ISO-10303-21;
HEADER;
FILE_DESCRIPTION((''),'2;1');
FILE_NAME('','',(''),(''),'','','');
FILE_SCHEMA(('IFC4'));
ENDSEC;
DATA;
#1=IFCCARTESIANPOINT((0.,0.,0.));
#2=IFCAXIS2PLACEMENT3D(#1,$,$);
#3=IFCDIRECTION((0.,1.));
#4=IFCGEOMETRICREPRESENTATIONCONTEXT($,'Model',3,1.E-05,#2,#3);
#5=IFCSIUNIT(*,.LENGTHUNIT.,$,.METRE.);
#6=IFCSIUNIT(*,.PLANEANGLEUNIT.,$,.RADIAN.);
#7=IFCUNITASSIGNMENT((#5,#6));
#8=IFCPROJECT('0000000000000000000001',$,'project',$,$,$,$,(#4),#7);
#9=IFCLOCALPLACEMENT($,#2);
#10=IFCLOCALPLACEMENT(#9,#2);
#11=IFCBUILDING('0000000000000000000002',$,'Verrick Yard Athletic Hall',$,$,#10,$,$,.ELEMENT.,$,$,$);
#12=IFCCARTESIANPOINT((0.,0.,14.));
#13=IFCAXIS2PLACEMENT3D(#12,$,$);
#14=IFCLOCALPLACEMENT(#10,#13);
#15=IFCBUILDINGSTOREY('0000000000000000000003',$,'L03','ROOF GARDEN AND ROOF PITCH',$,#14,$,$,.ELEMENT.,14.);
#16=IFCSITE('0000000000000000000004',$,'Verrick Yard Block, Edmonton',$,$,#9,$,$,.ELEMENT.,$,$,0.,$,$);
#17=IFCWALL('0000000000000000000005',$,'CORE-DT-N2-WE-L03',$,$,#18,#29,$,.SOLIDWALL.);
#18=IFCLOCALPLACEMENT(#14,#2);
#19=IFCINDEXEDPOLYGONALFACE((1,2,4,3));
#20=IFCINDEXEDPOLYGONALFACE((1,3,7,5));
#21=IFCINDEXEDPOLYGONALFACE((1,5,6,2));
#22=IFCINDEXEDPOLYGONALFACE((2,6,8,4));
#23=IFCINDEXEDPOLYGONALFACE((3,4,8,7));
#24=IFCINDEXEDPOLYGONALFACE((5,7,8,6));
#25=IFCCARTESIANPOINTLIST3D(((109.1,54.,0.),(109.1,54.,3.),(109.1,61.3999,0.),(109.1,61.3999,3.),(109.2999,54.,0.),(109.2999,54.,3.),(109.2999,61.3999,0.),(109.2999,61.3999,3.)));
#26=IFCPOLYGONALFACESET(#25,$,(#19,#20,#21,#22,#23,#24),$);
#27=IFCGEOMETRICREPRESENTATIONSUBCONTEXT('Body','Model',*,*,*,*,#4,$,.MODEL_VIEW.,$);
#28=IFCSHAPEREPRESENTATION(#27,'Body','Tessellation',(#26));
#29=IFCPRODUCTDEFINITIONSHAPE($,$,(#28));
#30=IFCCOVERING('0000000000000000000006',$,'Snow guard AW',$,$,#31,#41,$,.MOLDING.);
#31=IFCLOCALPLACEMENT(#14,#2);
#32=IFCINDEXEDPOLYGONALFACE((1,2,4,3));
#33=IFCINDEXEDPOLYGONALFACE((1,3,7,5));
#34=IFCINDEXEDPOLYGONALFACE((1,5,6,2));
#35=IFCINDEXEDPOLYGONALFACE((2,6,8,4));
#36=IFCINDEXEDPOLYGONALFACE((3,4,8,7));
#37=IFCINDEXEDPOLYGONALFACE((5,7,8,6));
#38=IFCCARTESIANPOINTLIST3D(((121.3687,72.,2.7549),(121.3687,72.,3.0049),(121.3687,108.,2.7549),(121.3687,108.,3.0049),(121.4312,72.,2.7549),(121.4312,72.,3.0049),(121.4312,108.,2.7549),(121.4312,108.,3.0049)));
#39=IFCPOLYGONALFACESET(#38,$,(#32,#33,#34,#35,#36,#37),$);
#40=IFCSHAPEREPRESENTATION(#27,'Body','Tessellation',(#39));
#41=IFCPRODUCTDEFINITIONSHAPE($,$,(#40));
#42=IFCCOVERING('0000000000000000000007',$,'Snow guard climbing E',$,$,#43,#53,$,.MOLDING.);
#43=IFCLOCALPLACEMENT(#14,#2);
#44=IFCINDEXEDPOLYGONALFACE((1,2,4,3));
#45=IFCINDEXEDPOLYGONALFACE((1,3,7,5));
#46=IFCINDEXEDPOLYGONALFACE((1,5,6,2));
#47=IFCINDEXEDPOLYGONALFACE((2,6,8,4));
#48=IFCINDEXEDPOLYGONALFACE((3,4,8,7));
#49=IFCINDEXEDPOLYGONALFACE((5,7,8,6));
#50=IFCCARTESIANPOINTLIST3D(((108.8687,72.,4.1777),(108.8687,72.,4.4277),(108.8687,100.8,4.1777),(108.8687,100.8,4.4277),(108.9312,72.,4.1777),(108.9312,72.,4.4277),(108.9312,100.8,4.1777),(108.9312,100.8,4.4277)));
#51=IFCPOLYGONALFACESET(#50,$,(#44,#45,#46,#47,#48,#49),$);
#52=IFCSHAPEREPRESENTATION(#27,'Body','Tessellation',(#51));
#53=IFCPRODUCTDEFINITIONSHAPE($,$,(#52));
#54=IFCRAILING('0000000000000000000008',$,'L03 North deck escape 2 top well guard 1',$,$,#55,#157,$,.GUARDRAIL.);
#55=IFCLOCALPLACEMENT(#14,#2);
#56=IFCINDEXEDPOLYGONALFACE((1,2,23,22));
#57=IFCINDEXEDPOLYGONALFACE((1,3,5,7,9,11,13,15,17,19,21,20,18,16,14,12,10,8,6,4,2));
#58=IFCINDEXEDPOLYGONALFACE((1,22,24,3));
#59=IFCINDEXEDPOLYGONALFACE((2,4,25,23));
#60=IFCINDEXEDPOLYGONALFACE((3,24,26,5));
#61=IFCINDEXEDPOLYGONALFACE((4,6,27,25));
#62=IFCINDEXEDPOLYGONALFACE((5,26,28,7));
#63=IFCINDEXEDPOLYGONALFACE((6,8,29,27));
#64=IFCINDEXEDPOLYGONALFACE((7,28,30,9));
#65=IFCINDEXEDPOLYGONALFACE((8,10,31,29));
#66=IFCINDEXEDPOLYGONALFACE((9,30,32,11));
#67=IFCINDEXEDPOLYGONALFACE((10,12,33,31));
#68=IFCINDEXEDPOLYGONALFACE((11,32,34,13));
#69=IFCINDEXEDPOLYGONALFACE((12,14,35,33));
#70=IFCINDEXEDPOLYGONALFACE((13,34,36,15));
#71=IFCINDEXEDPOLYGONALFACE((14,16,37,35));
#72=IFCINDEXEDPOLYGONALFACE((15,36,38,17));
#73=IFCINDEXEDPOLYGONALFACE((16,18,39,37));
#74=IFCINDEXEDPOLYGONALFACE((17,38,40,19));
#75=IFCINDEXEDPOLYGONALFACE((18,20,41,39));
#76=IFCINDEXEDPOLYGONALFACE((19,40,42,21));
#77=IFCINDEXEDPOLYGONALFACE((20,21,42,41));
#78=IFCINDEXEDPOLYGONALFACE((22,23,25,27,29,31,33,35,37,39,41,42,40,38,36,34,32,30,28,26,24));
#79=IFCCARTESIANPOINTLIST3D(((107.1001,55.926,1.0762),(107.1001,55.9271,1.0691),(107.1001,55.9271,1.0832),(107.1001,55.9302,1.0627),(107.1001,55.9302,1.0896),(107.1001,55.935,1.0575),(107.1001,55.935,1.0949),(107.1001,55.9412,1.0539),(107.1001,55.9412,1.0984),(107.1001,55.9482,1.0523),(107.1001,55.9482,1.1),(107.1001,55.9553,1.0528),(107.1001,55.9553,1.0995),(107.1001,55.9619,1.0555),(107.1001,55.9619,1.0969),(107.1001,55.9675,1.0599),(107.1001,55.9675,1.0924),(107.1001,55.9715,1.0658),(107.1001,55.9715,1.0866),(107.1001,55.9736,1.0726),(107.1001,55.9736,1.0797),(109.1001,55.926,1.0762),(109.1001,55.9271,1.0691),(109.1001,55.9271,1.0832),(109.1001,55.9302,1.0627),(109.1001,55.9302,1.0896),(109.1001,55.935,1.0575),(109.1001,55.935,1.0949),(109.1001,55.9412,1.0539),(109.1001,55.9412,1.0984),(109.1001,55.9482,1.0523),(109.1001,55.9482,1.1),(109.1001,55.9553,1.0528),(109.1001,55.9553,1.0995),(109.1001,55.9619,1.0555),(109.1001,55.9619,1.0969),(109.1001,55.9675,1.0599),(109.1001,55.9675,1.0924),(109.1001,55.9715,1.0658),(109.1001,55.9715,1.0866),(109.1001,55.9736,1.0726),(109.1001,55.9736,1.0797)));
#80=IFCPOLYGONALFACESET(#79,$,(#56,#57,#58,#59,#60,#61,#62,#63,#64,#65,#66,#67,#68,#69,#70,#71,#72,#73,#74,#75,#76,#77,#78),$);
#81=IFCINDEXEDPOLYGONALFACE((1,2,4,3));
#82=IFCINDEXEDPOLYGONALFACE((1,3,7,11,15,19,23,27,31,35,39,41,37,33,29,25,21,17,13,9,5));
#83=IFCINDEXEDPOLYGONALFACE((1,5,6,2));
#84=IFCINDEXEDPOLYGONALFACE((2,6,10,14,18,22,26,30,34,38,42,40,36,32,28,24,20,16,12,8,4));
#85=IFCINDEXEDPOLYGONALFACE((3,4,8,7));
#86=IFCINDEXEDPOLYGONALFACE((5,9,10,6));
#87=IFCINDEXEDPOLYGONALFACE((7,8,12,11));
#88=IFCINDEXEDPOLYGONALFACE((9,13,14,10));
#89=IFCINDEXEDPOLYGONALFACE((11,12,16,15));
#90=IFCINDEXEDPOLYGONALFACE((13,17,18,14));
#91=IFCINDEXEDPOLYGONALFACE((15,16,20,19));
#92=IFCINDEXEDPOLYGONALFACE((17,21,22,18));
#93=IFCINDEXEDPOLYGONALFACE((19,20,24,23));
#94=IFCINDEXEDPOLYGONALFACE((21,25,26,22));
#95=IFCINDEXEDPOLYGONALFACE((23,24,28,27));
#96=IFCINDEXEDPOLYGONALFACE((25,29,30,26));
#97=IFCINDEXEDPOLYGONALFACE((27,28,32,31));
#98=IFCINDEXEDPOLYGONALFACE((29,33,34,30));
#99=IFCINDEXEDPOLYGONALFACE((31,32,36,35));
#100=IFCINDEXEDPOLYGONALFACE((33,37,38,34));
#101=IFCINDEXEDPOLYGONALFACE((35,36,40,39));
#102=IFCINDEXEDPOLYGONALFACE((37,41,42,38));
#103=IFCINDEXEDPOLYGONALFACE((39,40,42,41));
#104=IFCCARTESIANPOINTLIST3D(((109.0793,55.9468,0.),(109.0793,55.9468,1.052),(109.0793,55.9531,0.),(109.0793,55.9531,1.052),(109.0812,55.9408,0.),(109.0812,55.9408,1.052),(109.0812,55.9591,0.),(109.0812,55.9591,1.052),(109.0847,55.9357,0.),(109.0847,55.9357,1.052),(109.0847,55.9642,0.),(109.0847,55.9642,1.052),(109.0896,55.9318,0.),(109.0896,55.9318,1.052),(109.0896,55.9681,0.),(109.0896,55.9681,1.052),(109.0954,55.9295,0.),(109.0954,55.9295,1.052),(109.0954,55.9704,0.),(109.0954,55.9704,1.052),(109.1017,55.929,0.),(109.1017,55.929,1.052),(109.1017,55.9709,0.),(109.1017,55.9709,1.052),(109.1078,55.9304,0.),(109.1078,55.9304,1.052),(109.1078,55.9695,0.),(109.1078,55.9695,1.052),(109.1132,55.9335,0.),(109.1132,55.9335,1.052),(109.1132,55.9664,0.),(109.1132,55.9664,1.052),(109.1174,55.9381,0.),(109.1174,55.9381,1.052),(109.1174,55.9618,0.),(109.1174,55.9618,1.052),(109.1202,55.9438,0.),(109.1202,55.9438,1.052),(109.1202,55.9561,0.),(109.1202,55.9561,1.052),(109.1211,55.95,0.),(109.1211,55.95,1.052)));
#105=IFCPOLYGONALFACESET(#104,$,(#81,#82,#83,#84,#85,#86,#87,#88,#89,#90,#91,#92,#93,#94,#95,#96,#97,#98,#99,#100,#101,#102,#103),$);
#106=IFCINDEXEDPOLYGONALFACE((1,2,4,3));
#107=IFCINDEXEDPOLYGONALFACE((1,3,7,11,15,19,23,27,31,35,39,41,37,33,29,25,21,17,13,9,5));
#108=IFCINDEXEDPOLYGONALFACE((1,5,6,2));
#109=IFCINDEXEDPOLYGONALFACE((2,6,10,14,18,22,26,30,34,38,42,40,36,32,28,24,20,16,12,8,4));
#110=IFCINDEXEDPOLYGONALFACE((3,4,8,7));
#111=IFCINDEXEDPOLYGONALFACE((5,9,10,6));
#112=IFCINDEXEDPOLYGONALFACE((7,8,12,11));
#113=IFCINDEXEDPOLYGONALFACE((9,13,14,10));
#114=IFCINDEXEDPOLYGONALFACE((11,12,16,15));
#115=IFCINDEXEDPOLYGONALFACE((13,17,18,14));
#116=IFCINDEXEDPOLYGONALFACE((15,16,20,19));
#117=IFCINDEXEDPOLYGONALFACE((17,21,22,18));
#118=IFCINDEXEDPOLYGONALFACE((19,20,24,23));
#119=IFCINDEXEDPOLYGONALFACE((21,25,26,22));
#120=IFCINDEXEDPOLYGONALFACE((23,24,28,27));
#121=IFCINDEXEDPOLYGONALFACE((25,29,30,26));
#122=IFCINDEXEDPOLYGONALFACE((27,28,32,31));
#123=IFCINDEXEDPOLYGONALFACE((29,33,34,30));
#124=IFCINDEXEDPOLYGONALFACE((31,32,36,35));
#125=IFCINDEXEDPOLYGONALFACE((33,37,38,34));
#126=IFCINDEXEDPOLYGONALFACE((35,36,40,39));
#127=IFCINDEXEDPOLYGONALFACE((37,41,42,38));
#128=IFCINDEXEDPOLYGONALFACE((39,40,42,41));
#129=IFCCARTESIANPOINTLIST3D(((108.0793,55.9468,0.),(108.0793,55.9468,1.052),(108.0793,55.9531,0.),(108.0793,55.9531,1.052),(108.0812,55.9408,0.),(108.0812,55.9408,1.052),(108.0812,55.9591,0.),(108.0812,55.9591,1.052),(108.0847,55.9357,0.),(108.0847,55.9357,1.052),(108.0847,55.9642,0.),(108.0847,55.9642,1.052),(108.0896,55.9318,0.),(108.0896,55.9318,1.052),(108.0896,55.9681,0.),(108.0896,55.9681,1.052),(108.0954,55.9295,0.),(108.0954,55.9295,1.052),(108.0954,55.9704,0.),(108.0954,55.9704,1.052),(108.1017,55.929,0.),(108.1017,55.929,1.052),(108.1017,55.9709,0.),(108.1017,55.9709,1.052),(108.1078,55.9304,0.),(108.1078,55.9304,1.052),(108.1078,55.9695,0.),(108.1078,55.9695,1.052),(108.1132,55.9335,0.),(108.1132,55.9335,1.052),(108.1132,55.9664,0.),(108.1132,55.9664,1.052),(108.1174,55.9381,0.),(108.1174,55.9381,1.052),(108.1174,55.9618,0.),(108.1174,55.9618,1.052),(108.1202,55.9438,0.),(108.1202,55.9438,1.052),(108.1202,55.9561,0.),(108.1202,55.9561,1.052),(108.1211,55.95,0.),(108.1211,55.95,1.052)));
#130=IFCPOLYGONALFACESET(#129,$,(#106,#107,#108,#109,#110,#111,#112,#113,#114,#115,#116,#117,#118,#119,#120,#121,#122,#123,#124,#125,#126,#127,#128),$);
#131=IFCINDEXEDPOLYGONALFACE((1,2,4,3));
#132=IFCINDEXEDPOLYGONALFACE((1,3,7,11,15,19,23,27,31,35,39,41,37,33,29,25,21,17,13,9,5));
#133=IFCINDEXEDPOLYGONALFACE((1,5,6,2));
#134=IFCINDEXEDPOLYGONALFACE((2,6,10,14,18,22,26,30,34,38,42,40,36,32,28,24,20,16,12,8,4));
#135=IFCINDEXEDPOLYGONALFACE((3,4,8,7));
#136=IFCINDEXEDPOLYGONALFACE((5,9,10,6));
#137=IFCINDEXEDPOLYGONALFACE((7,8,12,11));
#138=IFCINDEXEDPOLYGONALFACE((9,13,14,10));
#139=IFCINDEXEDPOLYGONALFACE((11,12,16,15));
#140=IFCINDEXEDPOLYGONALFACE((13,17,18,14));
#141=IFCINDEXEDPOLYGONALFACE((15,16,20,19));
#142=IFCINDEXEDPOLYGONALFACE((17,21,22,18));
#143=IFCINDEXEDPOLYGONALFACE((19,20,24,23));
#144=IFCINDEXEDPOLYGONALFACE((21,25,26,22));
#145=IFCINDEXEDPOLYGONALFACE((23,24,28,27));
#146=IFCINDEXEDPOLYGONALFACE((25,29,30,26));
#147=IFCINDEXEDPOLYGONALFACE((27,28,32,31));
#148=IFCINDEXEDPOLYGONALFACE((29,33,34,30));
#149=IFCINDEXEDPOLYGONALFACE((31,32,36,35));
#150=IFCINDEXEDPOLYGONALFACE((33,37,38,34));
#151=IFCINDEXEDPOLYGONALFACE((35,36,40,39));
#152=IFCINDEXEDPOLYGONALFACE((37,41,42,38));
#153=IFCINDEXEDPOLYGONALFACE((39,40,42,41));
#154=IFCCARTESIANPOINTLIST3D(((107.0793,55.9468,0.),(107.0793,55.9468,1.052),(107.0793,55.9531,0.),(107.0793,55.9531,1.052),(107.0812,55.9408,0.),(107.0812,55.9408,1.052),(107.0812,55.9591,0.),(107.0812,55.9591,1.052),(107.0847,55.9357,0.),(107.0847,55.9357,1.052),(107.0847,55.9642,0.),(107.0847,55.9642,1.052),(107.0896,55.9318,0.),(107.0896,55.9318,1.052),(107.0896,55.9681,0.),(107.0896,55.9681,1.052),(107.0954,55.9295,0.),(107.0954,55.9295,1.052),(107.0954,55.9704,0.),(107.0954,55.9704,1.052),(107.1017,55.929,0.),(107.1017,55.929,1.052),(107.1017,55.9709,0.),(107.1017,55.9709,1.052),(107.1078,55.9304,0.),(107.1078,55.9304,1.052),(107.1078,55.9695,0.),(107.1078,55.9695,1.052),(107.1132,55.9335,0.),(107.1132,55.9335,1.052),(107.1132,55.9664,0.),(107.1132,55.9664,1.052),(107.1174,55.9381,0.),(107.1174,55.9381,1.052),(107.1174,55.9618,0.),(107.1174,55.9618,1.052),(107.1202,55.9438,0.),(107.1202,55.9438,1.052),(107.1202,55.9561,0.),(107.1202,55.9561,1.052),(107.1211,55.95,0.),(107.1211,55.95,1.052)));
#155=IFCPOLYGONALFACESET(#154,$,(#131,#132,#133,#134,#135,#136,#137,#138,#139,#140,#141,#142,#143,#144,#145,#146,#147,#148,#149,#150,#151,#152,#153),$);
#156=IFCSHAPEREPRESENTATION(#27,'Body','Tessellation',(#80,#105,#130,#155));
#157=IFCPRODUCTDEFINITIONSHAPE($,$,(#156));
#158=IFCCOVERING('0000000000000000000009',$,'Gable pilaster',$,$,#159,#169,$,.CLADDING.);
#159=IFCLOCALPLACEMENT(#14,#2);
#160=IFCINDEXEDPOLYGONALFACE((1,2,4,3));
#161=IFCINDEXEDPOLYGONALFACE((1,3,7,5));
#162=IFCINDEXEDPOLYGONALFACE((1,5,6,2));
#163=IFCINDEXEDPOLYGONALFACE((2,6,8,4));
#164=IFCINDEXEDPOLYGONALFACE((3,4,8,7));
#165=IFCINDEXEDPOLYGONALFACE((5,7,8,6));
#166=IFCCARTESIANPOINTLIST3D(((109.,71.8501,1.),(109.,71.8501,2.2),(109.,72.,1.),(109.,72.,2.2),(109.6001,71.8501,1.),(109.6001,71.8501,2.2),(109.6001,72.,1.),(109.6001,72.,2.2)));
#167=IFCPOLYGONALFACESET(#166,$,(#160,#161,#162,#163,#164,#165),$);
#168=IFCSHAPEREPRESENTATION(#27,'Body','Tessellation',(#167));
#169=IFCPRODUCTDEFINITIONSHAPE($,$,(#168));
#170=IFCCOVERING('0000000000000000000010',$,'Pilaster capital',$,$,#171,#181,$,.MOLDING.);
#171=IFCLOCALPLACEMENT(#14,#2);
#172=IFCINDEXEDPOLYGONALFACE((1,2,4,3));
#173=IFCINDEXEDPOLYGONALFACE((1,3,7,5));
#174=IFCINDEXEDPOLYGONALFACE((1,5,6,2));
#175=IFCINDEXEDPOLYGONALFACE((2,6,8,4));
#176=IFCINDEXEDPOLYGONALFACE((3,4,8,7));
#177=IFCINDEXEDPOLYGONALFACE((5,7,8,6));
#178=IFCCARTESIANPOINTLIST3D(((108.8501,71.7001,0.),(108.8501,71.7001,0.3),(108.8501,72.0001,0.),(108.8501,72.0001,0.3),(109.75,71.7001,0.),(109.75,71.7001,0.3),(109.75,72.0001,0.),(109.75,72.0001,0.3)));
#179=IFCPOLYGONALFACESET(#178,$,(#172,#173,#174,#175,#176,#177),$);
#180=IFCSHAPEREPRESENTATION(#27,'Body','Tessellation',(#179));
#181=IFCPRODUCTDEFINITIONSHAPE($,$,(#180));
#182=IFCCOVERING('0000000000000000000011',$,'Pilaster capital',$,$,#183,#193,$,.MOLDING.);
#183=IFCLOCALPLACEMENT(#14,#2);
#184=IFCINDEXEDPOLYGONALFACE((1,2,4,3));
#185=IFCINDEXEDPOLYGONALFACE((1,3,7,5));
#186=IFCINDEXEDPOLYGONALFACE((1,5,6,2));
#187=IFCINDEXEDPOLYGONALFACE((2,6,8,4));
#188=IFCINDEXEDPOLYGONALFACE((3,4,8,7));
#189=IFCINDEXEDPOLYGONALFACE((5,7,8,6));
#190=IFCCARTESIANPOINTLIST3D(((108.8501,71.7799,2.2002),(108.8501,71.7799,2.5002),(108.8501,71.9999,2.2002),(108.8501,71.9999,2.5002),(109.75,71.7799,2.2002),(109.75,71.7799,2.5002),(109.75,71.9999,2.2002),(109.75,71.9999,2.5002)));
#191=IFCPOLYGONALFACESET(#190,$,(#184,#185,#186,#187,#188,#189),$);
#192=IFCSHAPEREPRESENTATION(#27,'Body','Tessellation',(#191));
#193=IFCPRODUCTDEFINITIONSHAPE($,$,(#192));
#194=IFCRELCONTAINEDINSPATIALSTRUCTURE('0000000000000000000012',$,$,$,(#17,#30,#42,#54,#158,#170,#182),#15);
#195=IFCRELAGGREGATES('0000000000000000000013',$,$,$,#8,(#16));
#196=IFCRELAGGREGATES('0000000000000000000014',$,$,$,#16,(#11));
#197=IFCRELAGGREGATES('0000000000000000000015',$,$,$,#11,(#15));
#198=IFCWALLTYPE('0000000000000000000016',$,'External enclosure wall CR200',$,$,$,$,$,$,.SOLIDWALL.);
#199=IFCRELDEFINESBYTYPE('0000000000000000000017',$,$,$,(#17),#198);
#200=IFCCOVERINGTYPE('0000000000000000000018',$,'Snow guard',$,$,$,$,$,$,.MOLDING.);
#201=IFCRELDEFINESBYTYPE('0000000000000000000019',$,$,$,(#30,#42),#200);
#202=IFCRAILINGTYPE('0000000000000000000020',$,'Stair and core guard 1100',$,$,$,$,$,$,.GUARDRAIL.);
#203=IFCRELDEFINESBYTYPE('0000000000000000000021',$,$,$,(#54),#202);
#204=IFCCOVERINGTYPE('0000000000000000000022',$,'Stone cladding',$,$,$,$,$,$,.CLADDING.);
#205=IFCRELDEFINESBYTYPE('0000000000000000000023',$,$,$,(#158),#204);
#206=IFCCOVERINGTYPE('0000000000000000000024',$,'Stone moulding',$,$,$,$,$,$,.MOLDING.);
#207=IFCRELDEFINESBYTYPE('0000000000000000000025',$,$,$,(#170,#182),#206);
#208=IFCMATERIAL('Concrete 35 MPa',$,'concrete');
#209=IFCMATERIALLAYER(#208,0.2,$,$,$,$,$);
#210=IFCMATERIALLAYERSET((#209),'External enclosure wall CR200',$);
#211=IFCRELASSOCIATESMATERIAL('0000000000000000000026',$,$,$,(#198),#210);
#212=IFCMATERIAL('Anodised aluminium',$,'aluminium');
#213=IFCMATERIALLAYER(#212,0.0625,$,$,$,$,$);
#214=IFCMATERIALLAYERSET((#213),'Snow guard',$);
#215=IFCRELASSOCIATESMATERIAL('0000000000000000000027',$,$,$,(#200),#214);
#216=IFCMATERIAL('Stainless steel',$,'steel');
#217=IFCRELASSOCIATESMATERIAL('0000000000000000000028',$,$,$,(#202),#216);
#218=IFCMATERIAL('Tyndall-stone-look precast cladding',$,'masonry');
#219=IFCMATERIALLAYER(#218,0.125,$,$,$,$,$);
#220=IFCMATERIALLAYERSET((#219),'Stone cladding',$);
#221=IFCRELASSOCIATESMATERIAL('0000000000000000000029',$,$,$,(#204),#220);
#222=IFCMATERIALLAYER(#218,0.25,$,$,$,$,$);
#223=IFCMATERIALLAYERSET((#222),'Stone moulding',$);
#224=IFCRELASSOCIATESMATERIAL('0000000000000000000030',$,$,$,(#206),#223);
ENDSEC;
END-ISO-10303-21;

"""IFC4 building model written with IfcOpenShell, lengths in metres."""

from ifc_helpers import new_model, si_unit, direction, frame, frame_2d, origin, origin_2d, place, context, subcontext, project, spatial, polyline, rectangle, circle, outline, extrude, material, layer, layer_set, type_object, element, save


model = new_model("IFC4")

# Units and contexts
model_context = context("Model", 3, precision=1e-05, world=origin(), true_north=direction((0.0, 1.0)))
body_context = subcontext(model_context, "Body", "Model", "MODEL_VIEW")
ifc_project = project(units=[si_unit("LENGTHUNIT", "METRE"), si_unit("PLANEANGLEUNIT", "RADIAN")], contexts=[model_context])

# Site, building, storey
site_placement = place(None, origin())
site = spatial("IfcSite", under=ifc_project, at=site_placement, Name="Verrick Yard Block, Edmonton", CompositionType="ELEMENT", RefElevation=0.0)
building_placement = place(site_placement, origin())
building = spatial("IfcBuilding", under=site, at=building_placement, Name="Verrick Yard Athletic Hall", CompositionType="ELEMENT")
storey_placement = place(building_placement, frame((0.0, 0.0, 14.0)))
storey = spatial("IfcBuildingStorey", under=building, at=storey_placement, Name="L03", Description="ROOF GARDEN AND ROOF PITCH", CompositionType="ELEMENT", Elevation=14.0)

# Wall
ifc_material_1 = material(Name="Concrete 35 MPa", Category="concrete")
ifc_layer_1 = layer(ifc_material_1, 0.2)
ifc_layer_set_1 = layer_set([ifc_layer_1], Name="External enclosure wall CR200")
wall_type = type_object("IfcWallType", Name="External enclosure wall CR200", PredefinedType="SOLIDWALL", material=ifc_layer_set_1)
wall_placement = place(storey_placement, frame((109.2, 61.3999, 0.0), z_axis=(0.0, 0.0, 1.0), x_axis=(0.0, -1.0, 0.0)))
element("IfcWall", 1, at=wall_placement, inside=storey, type_object=wall_type, Name="CORE-DT-N2-WE-L03", PredefinedType="SOLIDWALL", context=body_context, shape_type="SweptSolid", body=[
    extrude(rectangle(XDim=7.3999, YDim=0.2, at=frame_2d((3.7, 0.0))), origin(), (0.0, 0.0, 1.0), 3.0),
])

# Coverings
ifc_material_2 = material(Name="Anodised aluminium", Category="aluminium")
ifc_layer_2 = layer(ifc_material_2, 0.0625)
ifc_layer_set_2 = layer_set([ifc_layer_2], Name="Snow guard")
covering_type_1 = type_object("IfcCoveringType", Name="Snow guard", PredefinedType="MOLDING", material=ifc_layer_set_2)
covering_1_placement = place(storey_placement, frame((121.3999, 72.0, 2.7549), z_axis=(0.0, 0.0, 1.0), x_axis=(0.0, 1.0, 0.0)))
element("IfcCovering", 2, at=covering_1_placement, inside=storey, type_object=covering_type_1, Name="Snow guard AW", PredefinedType="MOLDING", context=body_context, shape_type="SweptSolid", body=[
    extrude(outline(polyline([(0.0, 0.0), (36.0, 0.0), (36.0, 0.25), (0.0, 0.25), (0.0, 0.0)])), frame((0.0, 0.0312, 0.0), z_axis=(0.0, -1.0, 0.0), x_axis=(1.0, 0.0, 0.0)), (0.0, 0.0, 1.0), 0.0625),
])
covering_2_placement = place(storey_placement, frame((108.8999, 72.0, 4.1777), z_axis=(0.0, 0.0, 1.0), x_axis=(0.0, 1.0, 0.0)))
element("IfcCovering", 3, at=covering_2_placement, inside=storey, type_object=covering_type_1, Name="Snow guard climbing E", PredefinedType="MOLDING", context=body_context, shape_type="SweptSolid", body=[
    extrude(outline(polyline([(0.0, 0.0), (28.8, 0.0), (28.8, 0.25), (0.0, 0.25), (0.0, 0.0)])), frame((0.0, 0.0312, 0.0), z_axis=(0.0, -1.0, 0.0), x_axis=(1.0, 0.0, 0.0)), (0.0, 0.0, 1.0), 0.0625),
])

# Railing
ifc_material_3 = material(Name="Stainless steel", Category="steel")
railing_type = type_object("IfcRailingType", Name="Stair and core guard 1100", PredefinedType="GUARDRAIL", material=ifc_material_3)
railing_placement = place(storey_placement, frame((109.1001, 55.95, 0.0)))
element("IfcRailing", 4, at=railing_placement, inside=storey, type_object=railing_type, Name="L03 North deck escape 2 top well guard 1", PredefinedType="GUARDRAIL", context=body_context, shape_type="SweptSolid", body=[
    extrude(circle(Radius=0.0239, at=origin_2d()), frame((0.0, 0.0, 1.0762), z_axis=(-1.0, 0.0, 0.0), x_axis=(0.0, -1.0, 0.0)), (0.0, 0.0, 1.0), 2.0),
    extrude(circle(Radius=0.021, at=origin_2d()), origin(), (0.0, 0.0, 1.0), 1.052),
    extrude(circle(Radius=0.021, at=origin_2d()), frame((-1.0, 0.0, 0.0)), (0.0, 0.0, 1.0), 1.052),
    extrude(circle(Radius=0.021, at=origin_2d()), frame((-2.0, 0.0, 0.0)), (0.0, 0.0, 1.0), 1.052),
])

# Coverings
ifc_material_4 = material(Name="Tyndall-stone-look precast cladding", Category="masonry")
ifc_layer_3 = layer(ifc_material_4, 0.125)
ifc_layer_set_3 = layer_set([ifc_layer_3], Name="Stone cladding")
covering_type_2 = type_object("IfcCoveringType", Name="Stone cladding", PredefinedType="CLADDING", material=ifc_layer_set_3)
covering_3_placement = place(storey_placement, frame((109.3, 71.925, 1.0), z_axis=(0.0, 0.0, 1.0), x_axis=(1.0, 0.0, 0.0)))
element("IfcCovering", 5, at=covering_3_placement, inside=storey, type_object=covering_type_2, Name="Gable pilaster", PredefinedType="CLADDING", context=body_context, shape_type="SweptSolid", body=[
    extrude(rectangle(XDim=0.6001, YDim=0.1499, at=origin_2d()), origin(), (0.0, 0.0, 1.0), 1.2),
])
ifc_layer_4 = layer(ifc_material_4, 0.25)
ifc_layer_set_4 = layer_set([ifc_layer_4], Name="Stone moulding")
covering_type_3 = type_object("IfcCoveringType", Name="Stone moulding", PredefinedType="MOLDING", material=ifc_layer_set_4)
covering_4_placement = place(storey_placement, frame((109.3, 71.8501, 0.0), z_axis=(0.0, 0.0, 1.0), x_axis=(1.0, 0.0, 0.0)))
element("IfcCovering", 6, at=covering_4_placement, inside=storey, type_object=covering_type_3, Name="Pilaster capital", PredefinedType="MOLDING", context=body_context, shape_type="SweptSolid", body=[
    extrude(rectangle(XDim=0.8999, YDim=0.3, at=origin_2d()), origin(), (0.0, 0.0, 1.0), 0.3),
])
covering_5_placement = place(storey_placement, frame((109.3, 71.8899, 2.2002), z_axis=(0.0, 0.0, 1.0), x_axis=(1.0, 0.0, 0.0)))
element("IfcCovering", 7, at=covering_5_placement, inside=storey, type_object=covering_type_3, Name="Pilaster capital", PredefinedType="MOLDING", context=body_context, shape_type="SweptSolid", body=[
    extrude(rectangle(XDim=0.8999, YDim=0.22, at=origin_2d()), origin(), (0.0, 0.0, 1.0), 0.3),
])

save(model, "model.ifc")
